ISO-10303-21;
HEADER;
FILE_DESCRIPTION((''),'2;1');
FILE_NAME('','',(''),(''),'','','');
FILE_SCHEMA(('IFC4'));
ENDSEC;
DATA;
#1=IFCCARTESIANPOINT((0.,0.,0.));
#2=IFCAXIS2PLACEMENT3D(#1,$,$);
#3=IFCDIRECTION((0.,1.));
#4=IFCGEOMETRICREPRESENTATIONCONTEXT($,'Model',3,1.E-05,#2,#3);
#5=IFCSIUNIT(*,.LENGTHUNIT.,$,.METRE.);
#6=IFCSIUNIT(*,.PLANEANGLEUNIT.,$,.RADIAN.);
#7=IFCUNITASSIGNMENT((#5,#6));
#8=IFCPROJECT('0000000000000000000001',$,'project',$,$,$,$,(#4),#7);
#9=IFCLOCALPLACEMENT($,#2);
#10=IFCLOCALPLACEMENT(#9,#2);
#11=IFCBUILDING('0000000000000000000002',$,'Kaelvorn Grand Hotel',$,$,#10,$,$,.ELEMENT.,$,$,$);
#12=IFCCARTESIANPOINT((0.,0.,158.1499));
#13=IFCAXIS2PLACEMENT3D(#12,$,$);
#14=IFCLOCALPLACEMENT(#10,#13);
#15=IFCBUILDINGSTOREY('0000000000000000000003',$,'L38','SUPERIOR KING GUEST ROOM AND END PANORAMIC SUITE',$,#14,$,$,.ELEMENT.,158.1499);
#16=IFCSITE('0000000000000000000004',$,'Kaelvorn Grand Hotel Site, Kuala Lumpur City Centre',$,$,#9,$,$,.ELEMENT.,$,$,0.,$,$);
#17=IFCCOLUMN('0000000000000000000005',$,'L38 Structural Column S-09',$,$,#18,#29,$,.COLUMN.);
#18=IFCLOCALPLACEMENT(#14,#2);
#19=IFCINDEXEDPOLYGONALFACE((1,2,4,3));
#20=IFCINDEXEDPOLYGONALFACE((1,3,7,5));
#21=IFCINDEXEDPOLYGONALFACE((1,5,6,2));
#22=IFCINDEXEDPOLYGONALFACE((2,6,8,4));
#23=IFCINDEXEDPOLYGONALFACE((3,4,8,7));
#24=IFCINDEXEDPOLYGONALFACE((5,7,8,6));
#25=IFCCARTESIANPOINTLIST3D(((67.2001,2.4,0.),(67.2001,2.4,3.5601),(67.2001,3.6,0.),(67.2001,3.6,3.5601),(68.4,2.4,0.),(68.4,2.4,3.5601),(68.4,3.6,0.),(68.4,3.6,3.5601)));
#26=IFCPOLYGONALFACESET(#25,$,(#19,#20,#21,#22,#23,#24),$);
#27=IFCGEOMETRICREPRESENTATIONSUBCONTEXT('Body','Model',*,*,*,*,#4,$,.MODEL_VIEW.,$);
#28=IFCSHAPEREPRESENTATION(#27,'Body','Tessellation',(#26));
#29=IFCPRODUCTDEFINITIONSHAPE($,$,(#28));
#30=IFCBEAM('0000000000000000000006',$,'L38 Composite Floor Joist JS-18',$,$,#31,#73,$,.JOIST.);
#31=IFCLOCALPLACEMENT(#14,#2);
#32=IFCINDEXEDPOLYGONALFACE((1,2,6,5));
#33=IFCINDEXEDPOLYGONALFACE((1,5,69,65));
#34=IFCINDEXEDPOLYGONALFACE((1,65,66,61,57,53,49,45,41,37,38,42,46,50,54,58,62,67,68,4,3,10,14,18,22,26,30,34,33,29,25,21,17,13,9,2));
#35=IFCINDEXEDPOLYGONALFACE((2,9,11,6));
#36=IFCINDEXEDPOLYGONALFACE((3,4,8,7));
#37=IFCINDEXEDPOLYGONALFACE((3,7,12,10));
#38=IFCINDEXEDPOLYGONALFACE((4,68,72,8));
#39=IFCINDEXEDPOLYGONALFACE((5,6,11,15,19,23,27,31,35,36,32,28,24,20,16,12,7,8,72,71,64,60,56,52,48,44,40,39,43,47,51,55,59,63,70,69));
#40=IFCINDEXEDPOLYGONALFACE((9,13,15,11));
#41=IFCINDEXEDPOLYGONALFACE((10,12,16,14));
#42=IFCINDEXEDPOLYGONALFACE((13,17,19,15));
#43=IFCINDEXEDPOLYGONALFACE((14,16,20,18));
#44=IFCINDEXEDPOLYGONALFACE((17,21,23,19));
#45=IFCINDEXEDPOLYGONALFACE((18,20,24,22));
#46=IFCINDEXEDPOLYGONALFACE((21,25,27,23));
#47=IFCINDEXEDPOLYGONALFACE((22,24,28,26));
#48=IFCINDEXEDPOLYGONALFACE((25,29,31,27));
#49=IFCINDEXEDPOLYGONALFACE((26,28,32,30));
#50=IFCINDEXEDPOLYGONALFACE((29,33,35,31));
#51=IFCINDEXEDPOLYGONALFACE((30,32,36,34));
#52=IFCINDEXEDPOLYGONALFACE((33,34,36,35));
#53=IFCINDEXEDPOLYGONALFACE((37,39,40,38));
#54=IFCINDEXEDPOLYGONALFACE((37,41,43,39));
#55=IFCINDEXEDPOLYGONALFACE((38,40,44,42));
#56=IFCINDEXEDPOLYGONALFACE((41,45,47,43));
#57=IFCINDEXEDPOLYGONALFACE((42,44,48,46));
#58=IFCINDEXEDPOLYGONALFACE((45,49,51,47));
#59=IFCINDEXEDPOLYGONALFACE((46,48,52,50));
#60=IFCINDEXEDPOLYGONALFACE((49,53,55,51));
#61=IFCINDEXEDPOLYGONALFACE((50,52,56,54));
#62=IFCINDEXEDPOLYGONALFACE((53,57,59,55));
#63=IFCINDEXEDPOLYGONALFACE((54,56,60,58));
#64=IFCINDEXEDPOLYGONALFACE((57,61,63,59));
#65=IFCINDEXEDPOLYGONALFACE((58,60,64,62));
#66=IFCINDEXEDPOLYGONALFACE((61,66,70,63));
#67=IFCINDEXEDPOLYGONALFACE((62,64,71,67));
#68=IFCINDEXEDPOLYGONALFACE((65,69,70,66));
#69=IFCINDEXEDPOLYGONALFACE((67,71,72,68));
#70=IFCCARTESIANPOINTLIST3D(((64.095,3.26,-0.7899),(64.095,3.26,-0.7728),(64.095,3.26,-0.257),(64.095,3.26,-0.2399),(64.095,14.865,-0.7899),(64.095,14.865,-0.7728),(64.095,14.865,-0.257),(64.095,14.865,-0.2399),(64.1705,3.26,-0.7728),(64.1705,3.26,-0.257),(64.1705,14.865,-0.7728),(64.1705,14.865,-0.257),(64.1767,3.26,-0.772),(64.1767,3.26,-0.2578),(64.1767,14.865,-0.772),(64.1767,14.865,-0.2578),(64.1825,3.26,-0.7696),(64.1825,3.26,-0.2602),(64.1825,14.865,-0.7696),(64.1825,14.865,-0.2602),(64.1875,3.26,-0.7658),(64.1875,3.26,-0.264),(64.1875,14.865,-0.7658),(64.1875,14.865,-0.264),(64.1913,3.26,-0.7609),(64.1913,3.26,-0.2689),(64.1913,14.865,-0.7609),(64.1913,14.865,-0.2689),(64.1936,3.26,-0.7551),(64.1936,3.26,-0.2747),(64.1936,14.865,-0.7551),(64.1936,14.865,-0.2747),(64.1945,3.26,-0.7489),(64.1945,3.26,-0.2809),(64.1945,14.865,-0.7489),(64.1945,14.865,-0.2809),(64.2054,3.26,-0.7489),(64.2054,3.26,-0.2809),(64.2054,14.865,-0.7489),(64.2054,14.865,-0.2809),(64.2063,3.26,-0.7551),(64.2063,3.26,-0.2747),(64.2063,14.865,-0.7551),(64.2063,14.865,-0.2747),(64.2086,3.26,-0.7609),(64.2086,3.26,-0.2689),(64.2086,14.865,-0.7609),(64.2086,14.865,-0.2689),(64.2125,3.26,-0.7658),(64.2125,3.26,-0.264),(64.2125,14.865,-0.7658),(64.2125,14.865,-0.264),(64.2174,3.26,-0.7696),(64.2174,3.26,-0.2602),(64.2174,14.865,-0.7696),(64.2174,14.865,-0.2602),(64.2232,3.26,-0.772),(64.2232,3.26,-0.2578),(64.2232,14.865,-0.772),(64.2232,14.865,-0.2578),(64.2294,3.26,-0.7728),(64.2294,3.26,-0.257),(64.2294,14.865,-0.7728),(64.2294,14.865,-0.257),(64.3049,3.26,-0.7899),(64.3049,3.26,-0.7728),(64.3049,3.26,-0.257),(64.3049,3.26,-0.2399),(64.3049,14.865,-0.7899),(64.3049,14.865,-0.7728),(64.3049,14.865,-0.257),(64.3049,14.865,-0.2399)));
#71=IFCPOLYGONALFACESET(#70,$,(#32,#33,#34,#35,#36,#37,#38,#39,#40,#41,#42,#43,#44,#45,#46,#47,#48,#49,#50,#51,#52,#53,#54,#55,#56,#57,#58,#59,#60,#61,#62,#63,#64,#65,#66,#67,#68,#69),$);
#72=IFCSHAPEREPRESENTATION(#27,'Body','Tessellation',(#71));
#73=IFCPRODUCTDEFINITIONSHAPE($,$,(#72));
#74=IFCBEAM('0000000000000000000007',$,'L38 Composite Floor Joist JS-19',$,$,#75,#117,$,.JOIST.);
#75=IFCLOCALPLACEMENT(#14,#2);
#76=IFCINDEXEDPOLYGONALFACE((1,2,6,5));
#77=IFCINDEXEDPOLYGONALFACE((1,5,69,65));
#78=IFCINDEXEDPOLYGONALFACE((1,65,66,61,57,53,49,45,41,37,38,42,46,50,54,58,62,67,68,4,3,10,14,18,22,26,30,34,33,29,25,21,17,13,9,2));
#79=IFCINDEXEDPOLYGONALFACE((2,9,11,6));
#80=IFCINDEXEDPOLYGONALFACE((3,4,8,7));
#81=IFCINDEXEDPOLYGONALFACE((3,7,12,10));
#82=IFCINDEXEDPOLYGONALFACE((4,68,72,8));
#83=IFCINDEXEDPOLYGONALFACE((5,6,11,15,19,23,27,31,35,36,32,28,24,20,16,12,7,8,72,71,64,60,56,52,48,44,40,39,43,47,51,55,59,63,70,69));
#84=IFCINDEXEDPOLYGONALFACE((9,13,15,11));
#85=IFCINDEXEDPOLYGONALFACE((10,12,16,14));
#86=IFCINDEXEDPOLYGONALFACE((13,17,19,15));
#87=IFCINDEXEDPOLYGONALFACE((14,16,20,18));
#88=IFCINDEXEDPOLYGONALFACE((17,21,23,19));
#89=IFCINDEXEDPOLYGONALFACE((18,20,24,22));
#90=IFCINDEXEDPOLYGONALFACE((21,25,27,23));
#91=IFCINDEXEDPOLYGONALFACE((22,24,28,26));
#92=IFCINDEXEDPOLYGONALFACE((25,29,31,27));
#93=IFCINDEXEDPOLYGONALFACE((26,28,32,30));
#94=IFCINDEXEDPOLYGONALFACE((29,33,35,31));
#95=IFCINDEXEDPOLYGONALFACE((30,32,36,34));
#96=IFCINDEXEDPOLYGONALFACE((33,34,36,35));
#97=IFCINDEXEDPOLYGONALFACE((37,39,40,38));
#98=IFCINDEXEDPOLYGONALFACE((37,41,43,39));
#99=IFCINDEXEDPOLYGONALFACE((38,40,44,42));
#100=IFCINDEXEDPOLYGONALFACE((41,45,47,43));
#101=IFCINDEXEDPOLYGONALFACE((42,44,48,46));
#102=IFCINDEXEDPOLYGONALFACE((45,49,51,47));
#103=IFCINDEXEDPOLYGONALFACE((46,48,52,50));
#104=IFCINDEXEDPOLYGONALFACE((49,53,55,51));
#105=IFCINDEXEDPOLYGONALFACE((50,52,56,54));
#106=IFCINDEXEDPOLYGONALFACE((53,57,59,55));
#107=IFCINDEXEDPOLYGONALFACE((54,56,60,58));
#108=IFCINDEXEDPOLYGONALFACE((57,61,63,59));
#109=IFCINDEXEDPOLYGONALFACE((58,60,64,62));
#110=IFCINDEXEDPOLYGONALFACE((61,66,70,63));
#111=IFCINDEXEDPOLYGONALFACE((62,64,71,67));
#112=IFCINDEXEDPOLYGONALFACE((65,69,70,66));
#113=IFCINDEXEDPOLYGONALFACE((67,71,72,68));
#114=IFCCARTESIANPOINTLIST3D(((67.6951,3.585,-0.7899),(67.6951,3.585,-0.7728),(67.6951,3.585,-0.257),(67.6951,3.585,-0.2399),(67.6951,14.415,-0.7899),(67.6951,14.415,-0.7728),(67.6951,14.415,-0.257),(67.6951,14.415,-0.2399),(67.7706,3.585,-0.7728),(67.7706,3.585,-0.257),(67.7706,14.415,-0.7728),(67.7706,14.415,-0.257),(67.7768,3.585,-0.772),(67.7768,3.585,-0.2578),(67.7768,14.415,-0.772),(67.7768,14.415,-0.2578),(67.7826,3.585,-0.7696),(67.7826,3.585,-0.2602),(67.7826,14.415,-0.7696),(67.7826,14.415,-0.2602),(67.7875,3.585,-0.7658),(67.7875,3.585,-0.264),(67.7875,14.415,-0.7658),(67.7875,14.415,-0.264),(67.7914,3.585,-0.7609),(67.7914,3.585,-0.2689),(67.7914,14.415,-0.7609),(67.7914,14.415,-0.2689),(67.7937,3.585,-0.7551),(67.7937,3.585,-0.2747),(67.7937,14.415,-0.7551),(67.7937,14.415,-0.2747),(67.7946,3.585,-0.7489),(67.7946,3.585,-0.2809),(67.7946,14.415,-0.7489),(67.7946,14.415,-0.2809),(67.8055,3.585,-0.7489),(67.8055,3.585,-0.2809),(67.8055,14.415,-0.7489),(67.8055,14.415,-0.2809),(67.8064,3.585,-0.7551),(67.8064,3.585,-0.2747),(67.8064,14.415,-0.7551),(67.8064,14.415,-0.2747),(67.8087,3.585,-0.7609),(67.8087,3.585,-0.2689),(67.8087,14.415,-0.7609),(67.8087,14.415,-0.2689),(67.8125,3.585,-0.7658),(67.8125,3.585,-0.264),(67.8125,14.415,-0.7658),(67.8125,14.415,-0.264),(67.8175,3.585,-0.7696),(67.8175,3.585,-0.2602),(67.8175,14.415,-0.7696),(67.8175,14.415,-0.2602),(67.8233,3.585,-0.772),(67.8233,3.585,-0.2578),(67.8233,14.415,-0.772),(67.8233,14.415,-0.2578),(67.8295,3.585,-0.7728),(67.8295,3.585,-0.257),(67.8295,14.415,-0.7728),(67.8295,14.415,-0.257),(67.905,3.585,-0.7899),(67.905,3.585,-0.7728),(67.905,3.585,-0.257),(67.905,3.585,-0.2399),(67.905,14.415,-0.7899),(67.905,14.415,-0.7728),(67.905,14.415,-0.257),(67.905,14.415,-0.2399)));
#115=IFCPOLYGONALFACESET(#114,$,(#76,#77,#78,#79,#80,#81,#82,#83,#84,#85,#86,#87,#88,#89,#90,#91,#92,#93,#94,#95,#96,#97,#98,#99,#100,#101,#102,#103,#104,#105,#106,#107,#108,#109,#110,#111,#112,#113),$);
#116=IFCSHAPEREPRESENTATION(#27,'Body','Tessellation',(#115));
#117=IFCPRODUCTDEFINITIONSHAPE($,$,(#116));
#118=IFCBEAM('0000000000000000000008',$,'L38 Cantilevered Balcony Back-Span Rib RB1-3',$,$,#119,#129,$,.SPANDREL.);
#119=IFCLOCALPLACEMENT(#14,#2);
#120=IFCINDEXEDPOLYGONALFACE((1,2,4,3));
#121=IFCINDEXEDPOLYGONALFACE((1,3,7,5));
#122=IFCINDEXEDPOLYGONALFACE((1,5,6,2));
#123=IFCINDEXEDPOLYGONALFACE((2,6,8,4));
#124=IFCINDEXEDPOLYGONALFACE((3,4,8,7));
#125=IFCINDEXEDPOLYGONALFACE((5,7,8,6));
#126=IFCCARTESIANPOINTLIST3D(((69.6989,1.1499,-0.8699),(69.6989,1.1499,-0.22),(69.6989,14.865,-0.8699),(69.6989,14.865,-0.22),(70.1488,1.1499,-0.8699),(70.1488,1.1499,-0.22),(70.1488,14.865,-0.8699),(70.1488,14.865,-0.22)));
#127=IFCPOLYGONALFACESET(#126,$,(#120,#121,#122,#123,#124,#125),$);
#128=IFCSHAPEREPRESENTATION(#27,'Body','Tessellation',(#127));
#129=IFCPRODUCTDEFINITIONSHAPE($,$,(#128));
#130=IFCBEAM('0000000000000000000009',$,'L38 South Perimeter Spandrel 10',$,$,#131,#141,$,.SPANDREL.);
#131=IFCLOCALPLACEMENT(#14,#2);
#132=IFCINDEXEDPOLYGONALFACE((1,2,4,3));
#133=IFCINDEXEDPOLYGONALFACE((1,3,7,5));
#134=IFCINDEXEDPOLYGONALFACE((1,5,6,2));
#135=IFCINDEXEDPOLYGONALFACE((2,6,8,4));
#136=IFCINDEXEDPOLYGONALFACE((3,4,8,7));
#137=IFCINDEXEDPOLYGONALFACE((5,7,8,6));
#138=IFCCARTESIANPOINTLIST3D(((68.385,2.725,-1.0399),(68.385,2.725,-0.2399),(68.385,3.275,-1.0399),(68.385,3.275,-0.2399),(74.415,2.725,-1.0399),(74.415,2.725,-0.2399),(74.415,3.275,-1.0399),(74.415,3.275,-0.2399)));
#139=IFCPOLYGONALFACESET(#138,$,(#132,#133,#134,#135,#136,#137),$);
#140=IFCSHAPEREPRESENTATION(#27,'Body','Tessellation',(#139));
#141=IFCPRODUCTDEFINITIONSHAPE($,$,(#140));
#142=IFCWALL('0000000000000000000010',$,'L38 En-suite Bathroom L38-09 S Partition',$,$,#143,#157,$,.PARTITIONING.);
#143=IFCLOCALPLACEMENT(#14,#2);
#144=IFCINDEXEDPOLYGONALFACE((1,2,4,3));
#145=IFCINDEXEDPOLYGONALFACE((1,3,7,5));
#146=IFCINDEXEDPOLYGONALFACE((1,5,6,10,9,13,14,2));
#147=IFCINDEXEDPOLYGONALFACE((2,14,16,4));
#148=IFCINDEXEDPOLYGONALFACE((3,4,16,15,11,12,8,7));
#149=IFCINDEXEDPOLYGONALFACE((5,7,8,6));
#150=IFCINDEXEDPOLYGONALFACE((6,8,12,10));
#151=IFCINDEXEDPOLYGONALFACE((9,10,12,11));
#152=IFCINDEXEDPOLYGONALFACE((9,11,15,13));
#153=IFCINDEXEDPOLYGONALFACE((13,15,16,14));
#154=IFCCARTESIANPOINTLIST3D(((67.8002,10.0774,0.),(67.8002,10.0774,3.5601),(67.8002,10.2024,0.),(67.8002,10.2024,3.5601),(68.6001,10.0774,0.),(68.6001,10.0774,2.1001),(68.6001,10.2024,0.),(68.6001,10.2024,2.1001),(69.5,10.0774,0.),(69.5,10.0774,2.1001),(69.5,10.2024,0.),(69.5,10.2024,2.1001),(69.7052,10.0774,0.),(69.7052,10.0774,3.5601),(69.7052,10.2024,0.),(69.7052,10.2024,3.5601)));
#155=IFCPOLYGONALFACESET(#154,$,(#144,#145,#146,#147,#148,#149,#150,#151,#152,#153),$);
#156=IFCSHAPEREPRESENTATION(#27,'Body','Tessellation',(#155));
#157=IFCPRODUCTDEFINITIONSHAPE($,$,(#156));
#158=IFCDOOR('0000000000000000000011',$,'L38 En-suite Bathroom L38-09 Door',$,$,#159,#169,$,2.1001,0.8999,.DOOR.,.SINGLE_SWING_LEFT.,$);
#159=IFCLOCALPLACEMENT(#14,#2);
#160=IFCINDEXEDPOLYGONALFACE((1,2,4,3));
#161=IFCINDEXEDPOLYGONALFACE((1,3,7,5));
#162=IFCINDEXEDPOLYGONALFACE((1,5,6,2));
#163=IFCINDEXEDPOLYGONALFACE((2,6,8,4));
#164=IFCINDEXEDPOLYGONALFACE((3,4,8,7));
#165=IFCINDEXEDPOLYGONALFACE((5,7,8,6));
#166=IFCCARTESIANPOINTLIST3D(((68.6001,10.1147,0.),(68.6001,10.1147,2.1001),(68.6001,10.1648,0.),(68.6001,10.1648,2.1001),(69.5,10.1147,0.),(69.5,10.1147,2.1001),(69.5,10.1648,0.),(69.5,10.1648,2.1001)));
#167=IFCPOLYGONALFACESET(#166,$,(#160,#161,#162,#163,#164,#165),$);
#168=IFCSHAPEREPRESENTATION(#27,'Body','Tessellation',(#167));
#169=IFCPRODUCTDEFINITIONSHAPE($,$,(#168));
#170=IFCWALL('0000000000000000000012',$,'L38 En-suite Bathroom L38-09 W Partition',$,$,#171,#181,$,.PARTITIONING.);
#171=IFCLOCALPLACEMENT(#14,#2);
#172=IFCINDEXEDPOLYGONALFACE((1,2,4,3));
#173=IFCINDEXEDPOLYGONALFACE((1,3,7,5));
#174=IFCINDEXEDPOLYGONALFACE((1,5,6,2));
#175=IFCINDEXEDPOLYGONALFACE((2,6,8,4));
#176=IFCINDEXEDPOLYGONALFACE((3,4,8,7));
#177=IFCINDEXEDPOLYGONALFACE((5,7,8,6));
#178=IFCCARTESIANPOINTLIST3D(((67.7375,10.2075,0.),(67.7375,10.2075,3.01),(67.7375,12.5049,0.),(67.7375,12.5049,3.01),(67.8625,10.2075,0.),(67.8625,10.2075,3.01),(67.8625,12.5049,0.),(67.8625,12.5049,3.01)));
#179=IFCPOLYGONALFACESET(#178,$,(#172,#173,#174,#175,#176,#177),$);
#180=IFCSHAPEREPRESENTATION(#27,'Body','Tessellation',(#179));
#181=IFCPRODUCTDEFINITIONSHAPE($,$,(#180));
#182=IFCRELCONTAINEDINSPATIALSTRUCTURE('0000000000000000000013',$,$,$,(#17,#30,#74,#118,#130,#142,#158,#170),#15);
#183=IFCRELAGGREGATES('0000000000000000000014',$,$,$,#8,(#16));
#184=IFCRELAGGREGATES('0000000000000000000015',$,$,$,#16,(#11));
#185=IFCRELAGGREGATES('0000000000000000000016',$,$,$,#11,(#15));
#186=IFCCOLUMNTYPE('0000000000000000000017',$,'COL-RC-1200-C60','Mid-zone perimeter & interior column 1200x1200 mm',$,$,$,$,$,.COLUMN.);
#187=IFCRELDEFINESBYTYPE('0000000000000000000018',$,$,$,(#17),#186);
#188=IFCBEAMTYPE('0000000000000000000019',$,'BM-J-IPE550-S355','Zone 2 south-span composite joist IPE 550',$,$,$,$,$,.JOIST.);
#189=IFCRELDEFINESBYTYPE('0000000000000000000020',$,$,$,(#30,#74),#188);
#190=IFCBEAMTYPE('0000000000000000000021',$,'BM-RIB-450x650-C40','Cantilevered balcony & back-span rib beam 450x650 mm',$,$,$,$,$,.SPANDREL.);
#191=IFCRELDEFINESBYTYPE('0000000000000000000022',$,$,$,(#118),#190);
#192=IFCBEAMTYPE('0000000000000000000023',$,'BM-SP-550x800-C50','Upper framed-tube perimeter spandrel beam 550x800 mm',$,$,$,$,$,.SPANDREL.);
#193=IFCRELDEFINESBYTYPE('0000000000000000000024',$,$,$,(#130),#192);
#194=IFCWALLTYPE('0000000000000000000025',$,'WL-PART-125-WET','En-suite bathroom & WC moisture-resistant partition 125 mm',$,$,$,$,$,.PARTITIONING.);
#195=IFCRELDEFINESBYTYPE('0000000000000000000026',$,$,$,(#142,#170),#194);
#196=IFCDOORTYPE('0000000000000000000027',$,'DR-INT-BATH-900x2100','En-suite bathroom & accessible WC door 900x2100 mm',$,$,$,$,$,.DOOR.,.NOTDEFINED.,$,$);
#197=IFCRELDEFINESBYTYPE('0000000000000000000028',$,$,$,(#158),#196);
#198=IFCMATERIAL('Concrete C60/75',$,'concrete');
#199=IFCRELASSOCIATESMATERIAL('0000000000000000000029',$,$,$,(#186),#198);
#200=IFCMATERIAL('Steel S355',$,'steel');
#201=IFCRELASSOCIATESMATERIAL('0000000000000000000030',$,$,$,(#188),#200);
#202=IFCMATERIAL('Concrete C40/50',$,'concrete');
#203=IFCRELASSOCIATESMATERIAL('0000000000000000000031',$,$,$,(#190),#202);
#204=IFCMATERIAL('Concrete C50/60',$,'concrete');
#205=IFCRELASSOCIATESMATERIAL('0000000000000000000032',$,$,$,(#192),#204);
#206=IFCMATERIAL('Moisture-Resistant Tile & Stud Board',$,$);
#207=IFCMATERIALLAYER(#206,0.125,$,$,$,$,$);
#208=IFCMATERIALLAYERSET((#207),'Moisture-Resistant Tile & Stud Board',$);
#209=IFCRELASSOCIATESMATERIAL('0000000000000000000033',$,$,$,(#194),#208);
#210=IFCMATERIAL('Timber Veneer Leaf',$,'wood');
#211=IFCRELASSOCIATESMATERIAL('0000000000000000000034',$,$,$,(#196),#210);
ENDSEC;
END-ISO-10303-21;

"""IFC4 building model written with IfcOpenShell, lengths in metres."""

from ifc_helpers import new_model, si_unit, direction, frame, frame_2d, origin, origin_2d, place, context, subcontext, project, spatial, rectangle, i_section, extrude, material, layer, layer_set, material_profile, profile_set, type_object, element, fill, save


model = new_model("IFC4")

# Units and contexts
model_context = context("Model", 3, precision=1e-05, world=origin(), true_north=direction((0.0, 1.0)))
body_context = subcontext(model_context, "Body", "Model", "MODEL_VIEW")
ifc_project = project(units=[si_unit("LENGTHUNIT", "METRE"), si_unit("PLANEANGLEUNIT", "RADIAN")], contexts=[model_context])

# Site, building, storey
site_placement = place(None, origin())
site = spatial("IfcSite", under=ifc_project, at=site_placement, Name="Kaelvorn Grand Hotel Site, Kuala Lumpur City Centre", CompositionType="ELEMENT", RefElevation=0.0)
building_placement = place(site_placement, origin())
building = spatial("IfcBuilding", under=site, at=building_placement, Name="Kaelvorn Grand Hotel", CompositionType="ELEMENT")
storey_placement = place(building_placement, frame((0.0, 0.0, 158.1499)))
storey = spatial("IfcBuildingStorey", under=building, at=storey_placement, Name="L38", Description="SUPERIOR KING GUEST ROOM AND END PANORAMIC SUITE", CompositionType="ELEMENT", Elevation=158.1499)

# Column
ifc_material_1 = material(Name="Concrete C60/75", Category="concrete")
ifc_material_profile_1 = material_profile(ifc_material_1, rectangle(XDim=1.2, YDim=1.2, at=origin_2d()), Name="RC COL 1200x1200")
ifc_profile_set_1 = profile_set([ifc_material_profile_1], Name="Concrete C60/75")
column_type = type_object("IfcColumnType", Name="COL-RC-1200-C60", Description="Mid-zone perimeter & interior column 1200x1200 mm", PredefinedType="COLUMN", material=ifc_profile_set_1)
column_placement = place(storey_placement, frame((67.8, 3.0, 0.0), z_axis=(0.0, 0.0, 1.0), x_axis=(1.0, 0.0, 0.0)))
element("IfcColumn", 1, at=column_placement, inside=storey, type_object=column_type, Name="L38 Structural Column S-09", PredefinedType="COLUMN", context=body_context, shape_type="SweptSolid", body=[
    extrude(rectangle(XDim=1.2, YDim=1.2, at=origin_2d()), origin(), (0.0, 0.0, 1.0), 3.5601),
])

# Beams
ifc_material_2 = material(Name="Steel S355", Category="steel")
ifc_material_profile_2 = material_profile(ifc_material_2, i_section(OverallWidth=0.21, OverallDepth=0.55, WebThickness=0.011, FlangeThickness=0.0171, FilletRadius=0.0239, at=origin_2d()), Name="IPE 550")
ifc_profile_set_2 = profile_set([ifc_material_profile_2], Name="Steel S355")
beam_type_1 = type_object("IfcBeamType", Name="BM-J-IPE550-S355", Description="Zone 2 south-span composite joist IPE 550", PredefinedType="JOIST", material=ifc_profile_set_2)
beam_1_placement = place(storey_placement, frame((64.2, 3.26, -0.5149), z_axis=(0.0, 1.0, 0.0), x_axis=(-1.0, 0.0, 0.0)))
element("IfcBeam", 2, at=beam_1_placement, inside=storey, type_object=beam_type_1, Name="L38 Composite Floor Joist JS-18", PredefinedType="JOIST", context=body_context, shape_type="SweptSolid", body=[
    extrude(i_section(OverallWidth=0.21, OverallDepth=0.55, WebThickness=0.011, FlangeThickness=0.0171, FilletRadius=0.0239, at=origin_2d()), origin(), (0.0, 0.0, 1.0), 11.605),
])
beam_2_placement = place(storey_placement, frame((67.8, 3.585, -0.5149), z_axis=(0.0, 1.0, 0.0), x_axis=(-1.0, 0.0, 0.0)))
element("IfcBeam", 3, at=beam_2_placement, inside=storey, type_object=beam_type_1, Name="L38 Composite Floor Joist JS-19", PredefinedType="JOIST", context=body_context, shape_type="SweptSolid", body=[
    extrude(i_section(OverallWidth=0.21, OverallDepth=0.55, WebThickness=0.011, FlangeThickness=0.0171, FilletRadius=0.0239, at=origin_2d()), origin(), (0.0, 0.0, 1.0), 10.8301),
])
ifc_material_3 = material(Name="Concrete C40/50", Category="concrete")
ifc_material_profile_3 = material_profile(ifc_material_3, rectangle(XDim=0.45, YDim=0.6499, at=origin_2d()), Name="RC RIB 450x650")
ifc_profile_set_3 = profile_set([ifc_material_profile_3], Name="Concrete C40/50")
beam_type_2 = type_object("IfcBeamType", Name="BM-RIB-450x650-C40", Description="Cantilevered balcony & back-span rib beam 450x650 mm", PredefinedType="SPANDREL", material=ifc_profile_set_3)
beam_3_placement = place(storey_placement, frame((69.9238, 1.1499, -0.5449), z_axis=(0.0, 1.0, 0.0), x_axis=(-1.0, 0.0, 0.0)))
element("IfcBeam", 4, at=beam_3_placement, inside=storey, type_object=beam_type_2, Name="L38 Cantilevered Balcony Back-Span Rib RB1-3", PredefinedType="SPANDREL", context=body_context, shape_type="SweptSolid", body=[
    extrude(rectangle(XDim=0.45, YDim=0.6499, at=origin_2d()), origin(), (0.0, 0.0, 1.0), 13.7151),
])
ifc_material_4 = material(Name="Concrete C50/60", Category="concrete")
ifc_material_profile_4 = material_profile(ifc_material_4, rectangle(XDim=0.55, YDim=0.8, at=origin_2d()), Name="RC SPANDREL 550x800")
ifc_profile_set_4 = profile_set([ifc_material_profile_4], Name="Concrete C50/60")
beam_type_3 = type_object("IfcBeamType", Name="BM-SP-550x800-C50", Description="Upper framed-tube perimeter spandrel beam 550x800 mm", PredefinedType="SPANDREL", material=ifc_profile_set_4)
beam_4_placement = place(storey_placement, frame((68.385, 3.0, -0.6399), z_axis=(1.0, 0.0, 0.0), x_axis=(0.0, 1.0, 0.0)))
element("IfcBeam", 5, at=beam_4_placement, inside=storey, type_object=beam_type_3, Name="L38 South Perimeter Spandrel 10", PredefinedType="SPANDREL", context=body_context, shape_type="SweptSolid", body=[
    extrude(rectangle(XDim=0.55, YDim=0.8, at=origin_2d()), origin(), (0.0, 0.0, 1.0), 6.03),
])

# Wall, opening, door
ifc_material_5 = material(Name="Moisture-Resistant Tile & Stud Board")
ifc_layer_1 = layer(ifc_material_5, 0.125)
ifc_layer_set_1 = layer_set([ifc_layer_1], Name="Moisture-Resistant Tile & Stud Board")
wall_type_1 = type_object("IfcWallType", Name="WL-PART-125-WET", Description="En-suite bathroom & WC moisture-resistant partition 125 mm", PredefinedType="PARTITIONING", material=ifc_layer_set_1)
wall_1_placement = place(storey_placement, frame((67.8, 10.1399, 0.0), z_axis=(0.0, 0.0, 1.0), x_axis=(1.0, 0.0, 0.0)))
wall_1 = element("IfcWall", 6, at=wall_1_placement, inside=storey, type_object=wall_type_1, Name="L38 En-suite Bathroom L38-09 S Partition", PredefinedType="PARTITIONING", context=body_context, shape_type="SweptSolid", body=[
    extrude(rectangle(XDim=1.905, YDim=0.125, at=frame_2d((0.9526, 0.0))), origin(), (0.0, 0.0, 1.0), 3.5601),
])
opening_1_placement = place(wall_1_placement, frame((0.8, 0.0, 0.0)))
opening_1 = element("IfcOpeningElement", 7, at=opening_1_placement, cuts=wall_1, PredefinedType="OPENING", context=body_context, shape_type="SweptSolid", body=[
    extrude(rectangle(XDim=0.8999, YDim=2.1001, at=frame_2d((0.45, 1.05))), frame((0.0, 0.0725, 0.0), z_axis=(0.0, -1.0, 0.0), x_axis=(1.0, 0.0, 0.0)), (0.0, 0.0, 1.0), 0.145),
])
ifc_material_6 = material(Name="Timber Veneer Leaf", Category="wood")
door_type_1 = type_object("IfcDoorType", Name="DR-INT-BATH-900x2100", Description="En-suite bathroom & accessible WC door 900x2100 mm", OperationType="NOTDEFINED", PredefinedType="DOOR", material=ifc_material_6)
door_1_placement = place(opening_1_placement, origin())
door_1 = element("IfcDoor", 8, at=door_1_placement, inside=storey, type_object=door_type_1, Name="L38 En-suite Bathroom L38-09 Door", OperationType="SINGLE_SWING_LEFT", OverallHeight=2.1001, OverallWidth=0.8999, PredefinedType="DOOR", context=body_context, shape_type="SweptSolid", body=[
    extrude(rectangle(XDim=0.8999, YDim=2.1001, at=frame_2d((0.45, 1.05))), frame((0.0, 0.0249, 0.0), z_axis=(0.0, -1.0, 0.0), x_axis=(1.0, 0.0, 0.0)), (0.0, 0.0, 1.0), 0.05),
])
fill(opening_1, door_1)

# Wall
wall_2_placement = place(storey_placement, frame((67.8, 10.2075, 0.0), z_axis=(0.0, 0.0, 1.0), x_axis=(0.0, 1.0, 0.0)))
element("IfcWall", 9, at=wall_2_placement, inside=storey, type_object=wall_type_1, Name="L38 En-suite Bathroom L38-09 W Partition", PredefinedType="PARTITIONING", context=body_context, shape_type="SweptSolid", body=[
    extrude(rectangle(XDim=2.2974, YDim=0.125, at=frame_2d((1.1487, 0.0))), origin(), (0.0, 0.0, 1.0), 3.01),
])

save(model, "model.ifc")
